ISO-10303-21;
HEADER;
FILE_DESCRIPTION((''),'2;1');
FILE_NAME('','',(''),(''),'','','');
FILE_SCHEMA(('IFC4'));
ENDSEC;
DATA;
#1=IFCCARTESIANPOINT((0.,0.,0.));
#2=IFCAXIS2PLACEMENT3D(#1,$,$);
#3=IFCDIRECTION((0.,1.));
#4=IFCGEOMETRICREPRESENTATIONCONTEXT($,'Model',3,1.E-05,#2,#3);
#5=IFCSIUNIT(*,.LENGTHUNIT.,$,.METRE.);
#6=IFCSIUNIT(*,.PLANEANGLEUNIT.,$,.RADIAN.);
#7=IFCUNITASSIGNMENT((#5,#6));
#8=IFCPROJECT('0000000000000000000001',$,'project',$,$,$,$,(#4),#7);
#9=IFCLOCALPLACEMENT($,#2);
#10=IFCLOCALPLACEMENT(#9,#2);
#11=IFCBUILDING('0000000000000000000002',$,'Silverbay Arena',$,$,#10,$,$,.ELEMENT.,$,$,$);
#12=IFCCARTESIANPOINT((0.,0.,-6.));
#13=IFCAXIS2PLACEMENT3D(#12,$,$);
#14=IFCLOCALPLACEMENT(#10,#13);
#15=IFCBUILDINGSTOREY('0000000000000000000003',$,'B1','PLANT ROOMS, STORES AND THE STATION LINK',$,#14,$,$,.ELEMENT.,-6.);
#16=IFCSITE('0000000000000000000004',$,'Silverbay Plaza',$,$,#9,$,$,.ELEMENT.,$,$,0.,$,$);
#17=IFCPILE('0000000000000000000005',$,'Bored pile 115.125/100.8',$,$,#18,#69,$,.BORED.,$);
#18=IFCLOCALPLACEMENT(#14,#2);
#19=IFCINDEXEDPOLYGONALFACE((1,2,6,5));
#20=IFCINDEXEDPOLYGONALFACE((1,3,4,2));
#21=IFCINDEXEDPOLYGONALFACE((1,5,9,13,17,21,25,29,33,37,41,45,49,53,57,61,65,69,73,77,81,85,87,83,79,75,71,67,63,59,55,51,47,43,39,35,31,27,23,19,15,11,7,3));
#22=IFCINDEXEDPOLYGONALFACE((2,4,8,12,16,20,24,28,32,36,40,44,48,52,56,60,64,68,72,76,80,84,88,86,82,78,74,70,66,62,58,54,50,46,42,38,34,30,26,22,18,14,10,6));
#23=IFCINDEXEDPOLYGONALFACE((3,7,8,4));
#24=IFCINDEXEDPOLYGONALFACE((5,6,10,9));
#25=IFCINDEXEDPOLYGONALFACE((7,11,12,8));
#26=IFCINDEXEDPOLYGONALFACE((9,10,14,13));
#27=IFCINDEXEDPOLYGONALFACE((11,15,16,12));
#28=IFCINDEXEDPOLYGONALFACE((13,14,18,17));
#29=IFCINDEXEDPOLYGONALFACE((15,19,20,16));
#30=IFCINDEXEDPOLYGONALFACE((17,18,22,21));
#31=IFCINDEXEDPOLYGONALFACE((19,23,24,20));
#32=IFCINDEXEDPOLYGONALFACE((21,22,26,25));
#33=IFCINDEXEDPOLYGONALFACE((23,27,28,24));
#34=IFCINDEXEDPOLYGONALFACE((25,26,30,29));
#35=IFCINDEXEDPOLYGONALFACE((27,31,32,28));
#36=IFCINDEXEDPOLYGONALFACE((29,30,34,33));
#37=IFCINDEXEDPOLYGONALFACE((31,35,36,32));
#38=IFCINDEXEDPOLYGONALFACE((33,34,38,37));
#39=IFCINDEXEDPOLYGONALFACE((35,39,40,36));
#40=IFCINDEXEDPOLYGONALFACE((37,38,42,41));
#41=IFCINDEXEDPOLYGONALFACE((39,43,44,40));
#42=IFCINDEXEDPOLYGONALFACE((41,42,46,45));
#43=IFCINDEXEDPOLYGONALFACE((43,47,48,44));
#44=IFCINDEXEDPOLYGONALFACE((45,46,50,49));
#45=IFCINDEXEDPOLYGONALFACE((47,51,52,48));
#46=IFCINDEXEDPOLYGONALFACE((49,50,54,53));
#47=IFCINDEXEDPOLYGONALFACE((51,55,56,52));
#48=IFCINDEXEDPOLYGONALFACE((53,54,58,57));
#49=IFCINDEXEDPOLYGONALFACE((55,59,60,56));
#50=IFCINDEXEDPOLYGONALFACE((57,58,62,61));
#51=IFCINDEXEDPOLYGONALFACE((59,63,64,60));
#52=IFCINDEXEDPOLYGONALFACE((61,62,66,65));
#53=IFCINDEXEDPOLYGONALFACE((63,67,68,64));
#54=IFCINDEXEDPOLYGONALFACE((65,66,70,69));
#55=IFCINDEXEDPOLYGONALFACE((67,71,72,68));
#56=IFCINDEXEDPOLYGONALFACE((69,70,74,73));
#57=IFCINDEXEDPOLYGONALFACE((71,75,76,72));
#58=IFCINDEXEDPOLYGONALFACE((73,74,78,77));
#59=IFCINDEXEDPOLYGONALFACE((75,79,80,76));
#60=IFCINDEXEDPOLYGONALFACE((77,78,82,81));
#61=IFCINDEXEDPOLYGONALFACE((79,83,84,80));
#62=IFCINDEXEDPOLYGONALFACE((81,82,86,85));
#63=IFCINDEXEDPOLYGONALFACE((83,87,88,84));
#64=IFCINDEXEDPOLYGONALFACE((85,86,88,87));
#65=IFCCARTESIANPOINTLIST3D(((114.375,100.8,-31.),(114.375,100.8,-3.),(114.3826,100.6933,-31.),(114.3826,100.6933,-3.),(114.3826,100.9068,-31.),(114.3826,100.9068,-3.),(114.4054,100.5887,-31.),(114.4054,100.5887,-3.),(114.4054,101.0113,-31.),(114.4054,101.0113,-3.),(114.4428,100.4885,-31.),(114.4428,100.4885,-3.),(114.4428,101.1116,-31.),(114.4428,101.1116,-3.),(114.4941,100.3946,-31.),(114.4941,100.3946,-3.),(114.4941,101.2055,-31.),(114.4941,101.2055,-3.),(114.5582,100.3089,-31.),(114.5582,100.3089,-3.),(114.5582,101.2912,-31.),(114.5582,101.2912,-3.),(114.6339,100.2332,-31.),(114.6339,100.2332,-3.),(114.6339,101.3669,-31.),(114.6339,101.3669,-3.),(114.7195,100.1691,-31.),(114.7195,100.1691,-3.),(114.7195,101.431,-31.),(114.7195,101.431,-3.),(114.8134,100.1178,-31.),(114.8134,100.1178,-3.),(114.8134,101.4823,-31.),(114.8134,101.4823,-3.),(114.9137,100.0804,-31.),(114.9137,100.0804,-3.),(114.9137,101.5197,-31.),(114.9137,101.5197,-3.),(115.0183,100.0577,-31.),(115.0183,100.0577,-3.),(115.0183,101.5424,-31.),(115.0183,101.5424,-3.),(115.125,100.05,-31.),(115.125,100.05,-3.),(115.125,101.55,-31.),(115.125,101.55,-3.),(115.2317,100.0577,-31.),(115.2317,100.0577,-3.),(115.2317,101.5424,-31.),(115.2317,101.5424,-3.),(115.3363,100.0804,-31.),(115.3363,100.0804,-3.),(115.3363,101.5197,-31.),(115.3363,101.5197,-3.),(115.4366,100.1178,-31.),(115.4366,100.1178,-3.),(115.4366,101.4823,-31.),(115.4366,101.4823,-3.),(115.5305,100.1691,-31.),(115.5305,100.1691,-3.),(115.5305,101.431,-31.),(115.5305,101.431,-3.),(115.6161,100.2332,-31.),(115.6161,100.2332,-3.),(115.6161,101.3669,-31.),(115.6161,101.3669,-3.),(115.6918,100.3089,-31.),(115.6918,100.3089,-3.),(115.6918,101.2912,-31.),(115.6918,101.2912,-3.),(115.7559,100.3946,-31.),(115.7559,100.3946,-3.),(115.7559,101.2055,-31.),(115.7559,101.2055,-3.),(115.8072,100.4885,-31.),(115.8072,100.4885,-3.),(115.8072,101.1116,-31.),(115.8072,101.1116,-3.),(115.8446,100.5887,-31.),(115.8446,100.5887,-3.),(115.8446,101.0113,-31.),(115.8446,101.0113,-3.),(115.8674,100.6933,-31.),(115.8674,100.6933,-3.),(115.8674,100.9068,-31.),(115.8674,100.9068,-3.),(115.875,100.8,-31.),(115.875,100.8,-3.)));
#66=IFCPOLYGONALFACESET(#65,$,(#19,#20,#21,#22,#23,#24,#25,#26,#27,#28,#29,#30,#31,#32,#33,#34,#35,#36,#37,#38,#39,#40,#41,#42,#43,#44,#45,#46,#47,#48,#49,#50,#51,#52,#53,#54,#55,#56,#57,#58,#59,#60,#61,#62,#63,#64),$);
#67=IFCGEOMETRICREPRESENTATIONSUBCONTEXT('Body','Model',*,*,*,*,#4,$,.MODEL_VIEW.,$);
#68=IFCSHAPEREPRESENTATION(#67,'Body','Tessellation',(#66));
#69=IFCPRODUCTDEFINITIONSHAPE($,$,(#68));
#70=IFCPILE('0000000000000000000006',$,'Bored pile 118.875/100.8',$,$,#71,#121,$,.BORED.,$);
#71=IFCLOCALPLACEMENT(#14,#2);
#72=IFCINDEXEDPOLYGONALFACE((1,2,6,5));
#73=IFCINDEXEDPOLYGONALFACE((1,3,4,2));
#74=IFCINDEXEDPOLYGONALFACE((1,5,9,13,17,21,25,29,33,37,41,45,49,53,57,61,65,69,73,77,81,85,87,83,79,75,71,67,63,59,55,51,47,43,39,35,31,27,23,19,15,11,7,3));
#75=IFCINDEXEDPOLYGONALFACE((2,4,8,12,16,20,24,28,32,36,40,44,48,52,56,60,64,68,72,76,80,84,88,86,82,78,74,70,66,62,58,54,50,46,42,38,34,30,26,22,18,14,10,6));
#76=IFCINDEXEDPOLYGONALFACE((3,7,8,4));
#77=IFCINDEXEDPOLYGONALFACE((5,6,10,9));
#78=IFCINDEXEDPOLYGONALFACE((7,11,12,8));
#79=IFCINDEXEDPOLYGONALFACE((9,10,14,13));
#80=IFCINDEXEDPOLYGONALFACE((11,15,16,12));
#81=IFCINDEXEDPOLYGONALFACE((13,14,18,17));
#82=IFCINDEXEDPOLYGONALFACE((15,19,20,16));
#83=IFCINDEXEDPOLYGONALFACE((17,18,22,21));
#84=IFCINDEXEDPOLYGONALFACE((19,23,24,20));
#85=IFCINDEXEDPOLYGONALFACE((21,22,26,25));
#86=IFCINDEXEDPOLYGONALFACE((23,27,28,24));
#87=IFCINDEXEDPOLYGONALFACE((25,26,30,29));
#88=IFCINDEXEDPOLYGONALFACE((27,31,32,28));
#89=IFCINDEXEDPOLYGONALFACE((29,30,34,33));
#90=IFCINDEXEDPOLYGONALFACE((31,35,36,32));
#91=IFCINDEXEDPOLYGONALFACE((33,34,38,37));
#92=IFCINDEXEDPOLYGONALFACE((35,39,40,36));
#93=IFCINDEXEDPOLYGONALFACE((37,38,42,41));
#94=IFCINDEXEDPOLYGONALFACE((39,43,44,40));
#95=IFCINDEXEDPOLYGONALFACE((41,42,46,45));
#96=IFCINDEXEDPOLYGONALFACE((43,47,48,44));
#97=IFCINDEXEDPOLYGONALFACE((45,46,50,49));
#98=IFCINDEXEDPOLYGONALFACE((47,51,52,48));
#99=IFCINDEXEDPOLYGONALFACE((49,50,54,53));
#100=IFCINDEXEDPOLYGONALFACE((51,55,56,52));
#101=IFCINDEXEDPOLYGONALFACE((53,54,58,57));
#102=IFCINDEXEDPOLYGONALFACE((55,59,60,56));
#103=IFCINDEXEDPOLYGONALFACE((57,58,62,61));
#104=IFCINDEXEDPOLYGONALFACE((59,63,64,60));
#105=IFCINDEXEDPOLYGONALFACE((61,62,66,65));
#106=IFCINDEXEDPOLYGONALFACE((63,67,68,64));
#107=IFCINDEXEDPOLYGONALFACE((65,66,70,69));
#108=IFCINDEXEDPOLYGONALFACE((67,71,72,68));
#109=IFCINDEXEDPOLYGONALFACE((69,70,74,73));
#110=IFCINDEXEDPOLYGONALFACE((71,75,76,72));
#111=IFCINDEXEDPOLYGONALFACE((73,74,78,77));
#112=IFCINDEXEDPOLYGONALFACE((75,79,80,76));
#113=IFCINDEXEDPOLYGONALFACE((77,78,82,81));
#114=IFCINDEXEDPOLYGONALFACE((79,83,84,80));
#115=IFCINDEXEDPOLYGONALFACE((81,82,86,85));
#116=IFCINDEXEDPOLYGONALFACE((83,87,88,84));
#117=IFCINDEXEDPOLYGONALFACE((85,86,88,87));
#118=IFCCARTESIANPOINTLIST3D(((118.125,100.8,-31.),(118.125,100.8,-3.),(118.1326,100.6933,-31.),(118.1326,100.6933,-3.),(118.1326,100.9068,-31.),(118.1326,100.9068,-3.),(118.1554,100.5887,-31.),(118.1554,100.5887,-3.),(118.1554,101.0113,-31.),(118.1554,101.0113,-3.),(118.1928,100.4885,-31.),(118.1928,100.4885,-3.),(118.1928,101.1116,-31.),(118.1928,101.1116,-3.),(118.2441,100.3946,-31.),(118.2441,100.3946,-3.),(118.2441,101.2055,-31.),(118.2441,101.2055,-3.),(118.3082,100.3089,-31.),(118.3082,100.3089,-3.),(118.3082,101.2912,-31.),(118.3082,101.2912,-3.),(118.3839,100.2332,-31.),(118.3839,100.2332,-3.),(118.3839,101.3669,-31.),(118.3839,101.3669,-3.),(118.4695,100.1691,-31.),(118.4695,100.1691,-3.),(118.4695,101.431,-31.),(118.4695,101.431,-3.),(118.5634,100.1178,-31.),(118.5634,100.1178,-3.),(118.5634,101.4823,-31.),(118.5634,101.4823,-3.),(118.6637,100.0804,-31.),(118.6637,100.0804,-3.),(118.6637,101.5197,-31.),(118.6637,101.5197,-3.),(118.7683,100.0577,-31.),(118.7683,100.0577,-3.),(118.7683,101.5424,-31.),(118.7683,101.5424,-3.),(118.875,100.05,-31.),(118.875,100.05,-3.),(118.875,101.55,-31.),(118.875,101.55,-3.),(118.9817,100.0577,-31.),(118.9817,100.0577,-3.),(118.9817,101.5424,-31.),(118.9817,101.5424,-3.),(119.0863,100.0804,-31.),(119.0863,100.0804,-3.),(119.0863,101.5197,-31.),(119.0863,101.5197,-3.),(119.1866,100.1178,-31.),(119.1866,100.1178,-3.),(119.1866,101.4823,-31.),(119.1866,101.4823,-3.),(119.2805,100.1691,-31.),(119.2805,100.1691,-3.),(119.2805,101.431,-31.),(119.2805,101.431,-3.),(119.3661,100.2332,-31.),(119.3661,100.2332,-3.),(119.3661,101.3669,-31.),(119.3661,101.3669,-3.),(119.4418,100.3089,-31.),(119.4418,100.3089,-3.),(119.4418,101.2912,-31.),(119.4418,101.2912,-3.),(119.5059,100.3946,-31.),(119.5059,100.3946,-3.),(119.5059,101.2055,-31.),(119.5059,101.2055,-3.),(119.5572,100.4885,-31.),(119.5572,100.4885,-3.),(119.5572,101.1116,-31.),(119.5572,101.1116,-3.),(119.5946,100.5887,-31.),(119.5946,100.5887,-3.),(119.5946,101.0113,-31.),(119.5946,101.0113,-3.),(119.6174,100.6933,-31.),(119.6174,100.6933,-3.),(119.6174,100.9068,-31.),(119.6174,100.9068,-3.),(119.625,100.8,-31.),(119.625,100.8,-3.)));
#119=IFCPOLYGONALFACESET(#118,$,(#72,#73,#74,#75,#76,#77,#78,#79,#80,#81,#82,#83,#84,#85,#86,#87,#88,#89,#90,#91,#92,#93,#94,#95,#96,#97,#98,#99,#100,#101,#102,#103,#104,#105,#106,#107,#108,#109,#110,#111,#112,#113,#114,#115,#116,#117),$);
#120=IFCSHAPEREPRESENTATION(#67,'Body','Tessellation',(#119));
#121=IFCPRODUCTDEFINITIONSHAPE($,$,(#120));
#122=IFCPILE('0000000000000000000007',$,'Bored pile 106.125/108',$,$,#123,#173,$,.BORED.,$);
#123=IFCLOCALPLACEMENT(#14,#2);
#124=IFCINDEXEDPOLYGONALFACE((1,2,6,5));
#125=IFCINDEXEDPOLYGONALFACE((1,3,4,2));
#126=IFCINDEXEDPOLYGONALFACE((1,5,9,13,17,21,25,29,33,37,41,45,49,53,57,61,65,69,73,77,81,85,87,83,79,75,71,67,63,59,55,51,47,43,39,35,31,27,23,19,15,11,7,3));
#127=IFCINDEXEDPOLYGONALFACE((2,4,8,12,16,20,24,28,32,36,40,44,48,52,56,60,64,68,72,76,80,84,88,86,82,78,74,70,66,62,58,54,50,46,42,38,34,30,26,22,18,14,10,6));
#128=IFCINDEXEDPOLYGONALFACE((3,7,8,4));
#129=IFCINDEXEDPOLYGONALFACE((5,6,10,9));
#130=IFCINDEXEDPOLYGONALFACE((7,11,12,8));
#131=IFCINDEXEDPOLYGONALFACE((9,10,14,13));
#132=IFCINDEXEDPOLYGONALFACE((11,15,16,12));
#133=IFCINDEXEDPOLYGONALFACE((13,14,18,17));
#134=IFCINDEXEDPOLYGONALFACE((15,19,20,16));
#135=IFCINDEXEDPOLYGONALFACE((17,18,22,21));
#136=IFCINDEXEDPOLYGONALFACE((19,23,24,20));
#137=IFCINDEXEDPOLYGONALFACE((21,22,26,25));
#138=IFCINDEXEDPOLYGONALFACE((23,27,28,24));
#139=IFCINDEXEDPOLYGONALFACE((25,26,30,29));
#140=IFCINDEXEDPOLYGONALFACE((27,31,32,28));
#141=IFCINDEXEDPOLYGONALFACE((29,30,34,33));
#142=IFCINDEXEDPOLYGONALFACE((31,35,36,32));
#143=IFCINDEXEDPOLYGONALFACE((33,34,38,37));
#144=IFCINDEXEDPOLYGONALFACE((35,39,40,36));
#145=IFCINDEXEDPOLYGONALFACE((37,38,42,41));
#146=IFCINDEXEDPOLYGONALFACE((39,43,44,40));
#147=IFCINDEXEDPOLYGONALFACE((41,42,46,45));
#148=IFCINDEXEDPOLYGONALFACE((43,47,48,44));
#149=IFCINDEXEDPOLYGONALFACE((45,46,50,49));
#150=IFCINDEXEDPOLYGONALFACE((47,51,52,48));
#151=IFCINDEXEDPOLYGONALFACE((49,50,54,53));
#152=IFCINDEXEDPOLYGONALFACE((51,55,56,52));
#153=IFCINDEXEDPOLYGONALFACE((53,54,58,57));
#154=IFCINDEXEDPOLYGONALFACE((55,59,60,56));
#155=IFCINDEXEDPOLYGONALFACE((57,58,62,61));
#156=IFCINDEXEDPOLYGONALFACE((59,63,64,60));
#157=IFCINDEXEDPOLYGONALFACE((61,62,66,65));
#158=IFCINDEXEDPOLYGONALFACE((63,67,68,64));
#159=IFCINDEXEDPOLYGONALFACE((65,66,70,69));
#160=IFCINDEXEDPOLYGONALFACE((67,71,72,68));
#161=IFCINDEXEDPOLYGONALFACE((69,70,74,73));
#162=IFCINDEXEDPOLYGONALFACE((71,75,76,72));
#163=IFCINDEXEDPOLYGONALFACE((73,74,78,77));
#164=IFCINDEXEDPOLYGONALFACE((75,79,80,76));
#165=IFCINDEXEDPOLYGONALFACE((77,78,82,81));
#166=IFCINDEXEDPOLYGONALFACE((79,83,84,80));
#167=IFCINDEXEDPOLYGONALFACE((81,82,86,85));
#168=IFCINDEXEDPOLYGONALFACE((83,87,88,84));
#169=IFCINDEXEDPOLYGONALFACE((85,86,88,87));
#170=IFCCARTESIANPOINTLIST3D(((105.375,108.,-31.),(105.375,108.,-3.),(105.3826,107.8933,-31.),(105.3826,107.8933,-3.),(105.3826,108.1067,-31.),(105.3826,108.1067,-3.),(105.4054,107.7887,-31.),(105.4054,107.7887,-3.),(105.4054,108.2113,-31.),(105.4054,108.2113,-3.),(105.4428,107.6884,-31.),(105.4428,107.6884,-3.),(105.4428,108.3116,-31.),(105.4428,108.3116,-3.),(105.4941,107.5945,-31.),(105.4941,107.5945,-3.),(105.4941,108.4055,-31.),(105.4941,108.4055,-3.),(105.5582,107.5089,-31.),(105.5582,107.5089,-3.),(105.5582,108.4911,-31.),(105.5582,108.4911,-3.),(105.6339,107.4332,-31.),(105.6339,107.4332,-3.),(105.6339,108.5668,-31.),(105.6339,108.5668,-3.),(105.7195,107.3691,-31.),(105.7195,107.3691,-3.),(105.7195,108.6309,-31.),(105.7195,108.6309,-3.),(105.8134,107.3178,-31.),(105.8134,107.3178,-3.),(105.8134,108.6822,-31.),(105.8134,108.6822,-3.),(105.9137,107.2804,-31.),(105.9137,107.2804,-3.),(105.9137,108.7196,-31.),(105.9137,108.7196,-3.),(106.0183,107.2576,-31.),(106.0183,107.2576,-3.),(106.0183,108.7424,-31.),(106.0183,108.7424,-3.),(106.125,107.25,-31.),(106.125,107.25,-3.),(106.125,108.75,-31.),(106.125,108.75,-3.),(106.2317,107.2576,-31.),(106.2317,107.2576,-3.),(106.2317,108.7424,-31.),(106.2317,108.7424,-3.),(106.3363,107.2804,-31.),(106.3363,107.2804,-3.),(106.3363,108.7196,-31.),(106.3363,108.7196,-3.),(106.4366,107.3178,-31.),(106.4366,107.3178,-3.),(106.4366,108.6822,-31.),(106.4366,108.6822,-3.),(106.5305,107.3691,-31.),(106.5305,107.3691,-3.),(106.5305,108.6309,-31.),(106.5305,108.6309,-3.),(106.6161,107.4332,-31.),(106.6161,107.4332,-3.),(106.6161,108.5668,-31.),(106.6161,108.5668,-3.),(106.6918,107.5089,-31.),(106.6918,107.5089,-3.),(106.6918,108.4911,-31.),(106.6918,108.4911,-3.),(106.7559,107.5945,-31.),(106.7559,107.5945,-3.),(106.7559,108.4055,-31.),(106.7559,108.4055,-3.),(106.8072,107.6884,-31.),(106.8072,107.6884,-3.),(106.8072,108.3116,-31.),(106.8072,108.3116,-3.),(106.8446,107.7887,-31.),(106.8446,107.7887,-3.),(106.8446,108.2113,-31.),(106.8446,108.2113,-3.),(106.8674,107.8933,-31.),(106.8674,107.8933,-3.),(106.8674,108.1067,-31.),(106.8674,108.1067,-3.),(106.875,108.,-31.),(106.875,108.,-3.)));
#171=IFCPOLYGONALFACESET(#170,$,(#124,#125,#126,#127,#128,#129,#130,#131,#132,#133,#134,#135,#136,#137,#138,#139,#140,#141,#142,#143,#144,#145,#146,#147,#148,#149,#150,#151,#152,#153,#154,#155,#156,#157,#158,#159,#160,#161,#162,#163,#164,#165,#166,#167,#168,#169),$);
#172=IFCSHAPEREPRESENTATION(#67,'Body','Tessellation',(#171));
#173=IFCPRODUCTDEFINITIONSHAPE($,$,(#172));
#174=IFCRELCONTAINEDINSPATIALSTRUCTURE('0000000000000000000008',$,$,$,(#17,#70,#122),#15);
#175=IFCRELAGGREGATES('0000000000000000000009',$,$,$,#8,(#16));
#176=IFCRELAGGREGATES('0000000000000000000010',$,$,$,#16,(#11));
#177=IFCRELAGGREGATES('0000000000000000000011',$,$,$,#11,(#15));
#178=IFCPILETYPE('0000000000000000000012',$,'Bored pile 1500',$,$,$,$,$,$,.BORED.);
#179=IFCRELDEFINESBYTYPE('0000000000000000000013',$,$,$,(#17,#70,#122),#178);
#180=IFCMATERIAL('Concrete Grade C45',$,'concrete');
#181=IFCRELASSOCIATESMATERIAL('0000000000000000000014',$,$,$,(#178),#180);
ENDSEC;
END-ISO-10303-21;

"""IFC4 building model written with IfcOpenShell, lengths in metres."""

from ifc_helpers import new_model, si_unit, direction, frame, origin, origin_2d, place, context, subcontext, project, spatial, circle, extrude, material, material_profile, profile_set, type_object, element, save


model = new_model("IFC4")

# Units and contexts
model_context = context("Model", 3, precision=1e-05, world=origin(), true_north=direction((0.0, 1.0)))
body_context = subcontext(model_context, "Body", "Model", "MODEL_VIEW")
ifc_project = project(units=[si_unit("LENGTHUNIT", "METRE"), si_unit("PLANEANGLEUNIT", "RADIAN")], contexts=[model_context])

# Site, building, storey
site_placement = place(None, origin())
site = spatial("IfcSite", under=ifc_project, at=site_placement, Name="Silverbay Plaza", CompositionType="ELEMENT", RefElevation=0.0)
building_placement = place(site_placement, origin())
building = spatial("IfcBuilding", under=site, at=building_placement, Name="Silverbay Arena", CompositionType="ELEMENT")
storey_placement = place(building_placement, frame((0.0, 0.0, -6.0)))
storey = spatial("IfcBuildingStorey", under=building, at=storey_placement, Name="B1", Description="PLANT ROOMS, STORES AND THE STATION LINK", CompositionType="ELEMENT", Elevation=-6.0)

# Piles
ifc_material_1 = material(Name="Concrete Grade C45", Category="concrete")
ifc_material_profile_1 = material_profile(ifc_material_1, circle(Radius=0.75, at=origin_2d()), Name="Bored pile 1500")
ifc_profile_set_1 = profile_set([ifc_material_profile_1], Name="Concrete Grade C45")
pile_type_1 = type_object("IfcPileType", Name="Bored pile 1500", PredefinedType="BORED", material=ifc_profile_set_1)
for number, where, z_axis, x_axis, name in (
    (1, (115.125, 100.8, -3.0), (0.0, 0.0, -1.0), (1.0, 0.0, 0.0), "Bored pile 115.125/100.8"),
    (2, (118.875, 100.8, -3.0), (0.0, 0.0, -1.0), (1.0, 0.0, 0.0), "Bored pile 118.875/100.8"),
    (3, (106.125, 108.0, -3.0), (0.0, 0.0, -1.0), (1.0, 0.0, 0.0), "Bored pile 106.125/108"),
):
    element("IfcPile", number, at=place(storey_placement, frame(where, z_axis=z_axis, x_axis=x_axis)), inside=storey, type_object=pile_type_1, Name=name, PredefinedType="BORED", context=body_context, shape_type="SweptSolid", body=[
        extrude(circle(Radius=0.75, at=origin_2d()), origin(), (0.0, 0.0, 1.0), 28.0),
    ])

save(model, "model.ifc")
